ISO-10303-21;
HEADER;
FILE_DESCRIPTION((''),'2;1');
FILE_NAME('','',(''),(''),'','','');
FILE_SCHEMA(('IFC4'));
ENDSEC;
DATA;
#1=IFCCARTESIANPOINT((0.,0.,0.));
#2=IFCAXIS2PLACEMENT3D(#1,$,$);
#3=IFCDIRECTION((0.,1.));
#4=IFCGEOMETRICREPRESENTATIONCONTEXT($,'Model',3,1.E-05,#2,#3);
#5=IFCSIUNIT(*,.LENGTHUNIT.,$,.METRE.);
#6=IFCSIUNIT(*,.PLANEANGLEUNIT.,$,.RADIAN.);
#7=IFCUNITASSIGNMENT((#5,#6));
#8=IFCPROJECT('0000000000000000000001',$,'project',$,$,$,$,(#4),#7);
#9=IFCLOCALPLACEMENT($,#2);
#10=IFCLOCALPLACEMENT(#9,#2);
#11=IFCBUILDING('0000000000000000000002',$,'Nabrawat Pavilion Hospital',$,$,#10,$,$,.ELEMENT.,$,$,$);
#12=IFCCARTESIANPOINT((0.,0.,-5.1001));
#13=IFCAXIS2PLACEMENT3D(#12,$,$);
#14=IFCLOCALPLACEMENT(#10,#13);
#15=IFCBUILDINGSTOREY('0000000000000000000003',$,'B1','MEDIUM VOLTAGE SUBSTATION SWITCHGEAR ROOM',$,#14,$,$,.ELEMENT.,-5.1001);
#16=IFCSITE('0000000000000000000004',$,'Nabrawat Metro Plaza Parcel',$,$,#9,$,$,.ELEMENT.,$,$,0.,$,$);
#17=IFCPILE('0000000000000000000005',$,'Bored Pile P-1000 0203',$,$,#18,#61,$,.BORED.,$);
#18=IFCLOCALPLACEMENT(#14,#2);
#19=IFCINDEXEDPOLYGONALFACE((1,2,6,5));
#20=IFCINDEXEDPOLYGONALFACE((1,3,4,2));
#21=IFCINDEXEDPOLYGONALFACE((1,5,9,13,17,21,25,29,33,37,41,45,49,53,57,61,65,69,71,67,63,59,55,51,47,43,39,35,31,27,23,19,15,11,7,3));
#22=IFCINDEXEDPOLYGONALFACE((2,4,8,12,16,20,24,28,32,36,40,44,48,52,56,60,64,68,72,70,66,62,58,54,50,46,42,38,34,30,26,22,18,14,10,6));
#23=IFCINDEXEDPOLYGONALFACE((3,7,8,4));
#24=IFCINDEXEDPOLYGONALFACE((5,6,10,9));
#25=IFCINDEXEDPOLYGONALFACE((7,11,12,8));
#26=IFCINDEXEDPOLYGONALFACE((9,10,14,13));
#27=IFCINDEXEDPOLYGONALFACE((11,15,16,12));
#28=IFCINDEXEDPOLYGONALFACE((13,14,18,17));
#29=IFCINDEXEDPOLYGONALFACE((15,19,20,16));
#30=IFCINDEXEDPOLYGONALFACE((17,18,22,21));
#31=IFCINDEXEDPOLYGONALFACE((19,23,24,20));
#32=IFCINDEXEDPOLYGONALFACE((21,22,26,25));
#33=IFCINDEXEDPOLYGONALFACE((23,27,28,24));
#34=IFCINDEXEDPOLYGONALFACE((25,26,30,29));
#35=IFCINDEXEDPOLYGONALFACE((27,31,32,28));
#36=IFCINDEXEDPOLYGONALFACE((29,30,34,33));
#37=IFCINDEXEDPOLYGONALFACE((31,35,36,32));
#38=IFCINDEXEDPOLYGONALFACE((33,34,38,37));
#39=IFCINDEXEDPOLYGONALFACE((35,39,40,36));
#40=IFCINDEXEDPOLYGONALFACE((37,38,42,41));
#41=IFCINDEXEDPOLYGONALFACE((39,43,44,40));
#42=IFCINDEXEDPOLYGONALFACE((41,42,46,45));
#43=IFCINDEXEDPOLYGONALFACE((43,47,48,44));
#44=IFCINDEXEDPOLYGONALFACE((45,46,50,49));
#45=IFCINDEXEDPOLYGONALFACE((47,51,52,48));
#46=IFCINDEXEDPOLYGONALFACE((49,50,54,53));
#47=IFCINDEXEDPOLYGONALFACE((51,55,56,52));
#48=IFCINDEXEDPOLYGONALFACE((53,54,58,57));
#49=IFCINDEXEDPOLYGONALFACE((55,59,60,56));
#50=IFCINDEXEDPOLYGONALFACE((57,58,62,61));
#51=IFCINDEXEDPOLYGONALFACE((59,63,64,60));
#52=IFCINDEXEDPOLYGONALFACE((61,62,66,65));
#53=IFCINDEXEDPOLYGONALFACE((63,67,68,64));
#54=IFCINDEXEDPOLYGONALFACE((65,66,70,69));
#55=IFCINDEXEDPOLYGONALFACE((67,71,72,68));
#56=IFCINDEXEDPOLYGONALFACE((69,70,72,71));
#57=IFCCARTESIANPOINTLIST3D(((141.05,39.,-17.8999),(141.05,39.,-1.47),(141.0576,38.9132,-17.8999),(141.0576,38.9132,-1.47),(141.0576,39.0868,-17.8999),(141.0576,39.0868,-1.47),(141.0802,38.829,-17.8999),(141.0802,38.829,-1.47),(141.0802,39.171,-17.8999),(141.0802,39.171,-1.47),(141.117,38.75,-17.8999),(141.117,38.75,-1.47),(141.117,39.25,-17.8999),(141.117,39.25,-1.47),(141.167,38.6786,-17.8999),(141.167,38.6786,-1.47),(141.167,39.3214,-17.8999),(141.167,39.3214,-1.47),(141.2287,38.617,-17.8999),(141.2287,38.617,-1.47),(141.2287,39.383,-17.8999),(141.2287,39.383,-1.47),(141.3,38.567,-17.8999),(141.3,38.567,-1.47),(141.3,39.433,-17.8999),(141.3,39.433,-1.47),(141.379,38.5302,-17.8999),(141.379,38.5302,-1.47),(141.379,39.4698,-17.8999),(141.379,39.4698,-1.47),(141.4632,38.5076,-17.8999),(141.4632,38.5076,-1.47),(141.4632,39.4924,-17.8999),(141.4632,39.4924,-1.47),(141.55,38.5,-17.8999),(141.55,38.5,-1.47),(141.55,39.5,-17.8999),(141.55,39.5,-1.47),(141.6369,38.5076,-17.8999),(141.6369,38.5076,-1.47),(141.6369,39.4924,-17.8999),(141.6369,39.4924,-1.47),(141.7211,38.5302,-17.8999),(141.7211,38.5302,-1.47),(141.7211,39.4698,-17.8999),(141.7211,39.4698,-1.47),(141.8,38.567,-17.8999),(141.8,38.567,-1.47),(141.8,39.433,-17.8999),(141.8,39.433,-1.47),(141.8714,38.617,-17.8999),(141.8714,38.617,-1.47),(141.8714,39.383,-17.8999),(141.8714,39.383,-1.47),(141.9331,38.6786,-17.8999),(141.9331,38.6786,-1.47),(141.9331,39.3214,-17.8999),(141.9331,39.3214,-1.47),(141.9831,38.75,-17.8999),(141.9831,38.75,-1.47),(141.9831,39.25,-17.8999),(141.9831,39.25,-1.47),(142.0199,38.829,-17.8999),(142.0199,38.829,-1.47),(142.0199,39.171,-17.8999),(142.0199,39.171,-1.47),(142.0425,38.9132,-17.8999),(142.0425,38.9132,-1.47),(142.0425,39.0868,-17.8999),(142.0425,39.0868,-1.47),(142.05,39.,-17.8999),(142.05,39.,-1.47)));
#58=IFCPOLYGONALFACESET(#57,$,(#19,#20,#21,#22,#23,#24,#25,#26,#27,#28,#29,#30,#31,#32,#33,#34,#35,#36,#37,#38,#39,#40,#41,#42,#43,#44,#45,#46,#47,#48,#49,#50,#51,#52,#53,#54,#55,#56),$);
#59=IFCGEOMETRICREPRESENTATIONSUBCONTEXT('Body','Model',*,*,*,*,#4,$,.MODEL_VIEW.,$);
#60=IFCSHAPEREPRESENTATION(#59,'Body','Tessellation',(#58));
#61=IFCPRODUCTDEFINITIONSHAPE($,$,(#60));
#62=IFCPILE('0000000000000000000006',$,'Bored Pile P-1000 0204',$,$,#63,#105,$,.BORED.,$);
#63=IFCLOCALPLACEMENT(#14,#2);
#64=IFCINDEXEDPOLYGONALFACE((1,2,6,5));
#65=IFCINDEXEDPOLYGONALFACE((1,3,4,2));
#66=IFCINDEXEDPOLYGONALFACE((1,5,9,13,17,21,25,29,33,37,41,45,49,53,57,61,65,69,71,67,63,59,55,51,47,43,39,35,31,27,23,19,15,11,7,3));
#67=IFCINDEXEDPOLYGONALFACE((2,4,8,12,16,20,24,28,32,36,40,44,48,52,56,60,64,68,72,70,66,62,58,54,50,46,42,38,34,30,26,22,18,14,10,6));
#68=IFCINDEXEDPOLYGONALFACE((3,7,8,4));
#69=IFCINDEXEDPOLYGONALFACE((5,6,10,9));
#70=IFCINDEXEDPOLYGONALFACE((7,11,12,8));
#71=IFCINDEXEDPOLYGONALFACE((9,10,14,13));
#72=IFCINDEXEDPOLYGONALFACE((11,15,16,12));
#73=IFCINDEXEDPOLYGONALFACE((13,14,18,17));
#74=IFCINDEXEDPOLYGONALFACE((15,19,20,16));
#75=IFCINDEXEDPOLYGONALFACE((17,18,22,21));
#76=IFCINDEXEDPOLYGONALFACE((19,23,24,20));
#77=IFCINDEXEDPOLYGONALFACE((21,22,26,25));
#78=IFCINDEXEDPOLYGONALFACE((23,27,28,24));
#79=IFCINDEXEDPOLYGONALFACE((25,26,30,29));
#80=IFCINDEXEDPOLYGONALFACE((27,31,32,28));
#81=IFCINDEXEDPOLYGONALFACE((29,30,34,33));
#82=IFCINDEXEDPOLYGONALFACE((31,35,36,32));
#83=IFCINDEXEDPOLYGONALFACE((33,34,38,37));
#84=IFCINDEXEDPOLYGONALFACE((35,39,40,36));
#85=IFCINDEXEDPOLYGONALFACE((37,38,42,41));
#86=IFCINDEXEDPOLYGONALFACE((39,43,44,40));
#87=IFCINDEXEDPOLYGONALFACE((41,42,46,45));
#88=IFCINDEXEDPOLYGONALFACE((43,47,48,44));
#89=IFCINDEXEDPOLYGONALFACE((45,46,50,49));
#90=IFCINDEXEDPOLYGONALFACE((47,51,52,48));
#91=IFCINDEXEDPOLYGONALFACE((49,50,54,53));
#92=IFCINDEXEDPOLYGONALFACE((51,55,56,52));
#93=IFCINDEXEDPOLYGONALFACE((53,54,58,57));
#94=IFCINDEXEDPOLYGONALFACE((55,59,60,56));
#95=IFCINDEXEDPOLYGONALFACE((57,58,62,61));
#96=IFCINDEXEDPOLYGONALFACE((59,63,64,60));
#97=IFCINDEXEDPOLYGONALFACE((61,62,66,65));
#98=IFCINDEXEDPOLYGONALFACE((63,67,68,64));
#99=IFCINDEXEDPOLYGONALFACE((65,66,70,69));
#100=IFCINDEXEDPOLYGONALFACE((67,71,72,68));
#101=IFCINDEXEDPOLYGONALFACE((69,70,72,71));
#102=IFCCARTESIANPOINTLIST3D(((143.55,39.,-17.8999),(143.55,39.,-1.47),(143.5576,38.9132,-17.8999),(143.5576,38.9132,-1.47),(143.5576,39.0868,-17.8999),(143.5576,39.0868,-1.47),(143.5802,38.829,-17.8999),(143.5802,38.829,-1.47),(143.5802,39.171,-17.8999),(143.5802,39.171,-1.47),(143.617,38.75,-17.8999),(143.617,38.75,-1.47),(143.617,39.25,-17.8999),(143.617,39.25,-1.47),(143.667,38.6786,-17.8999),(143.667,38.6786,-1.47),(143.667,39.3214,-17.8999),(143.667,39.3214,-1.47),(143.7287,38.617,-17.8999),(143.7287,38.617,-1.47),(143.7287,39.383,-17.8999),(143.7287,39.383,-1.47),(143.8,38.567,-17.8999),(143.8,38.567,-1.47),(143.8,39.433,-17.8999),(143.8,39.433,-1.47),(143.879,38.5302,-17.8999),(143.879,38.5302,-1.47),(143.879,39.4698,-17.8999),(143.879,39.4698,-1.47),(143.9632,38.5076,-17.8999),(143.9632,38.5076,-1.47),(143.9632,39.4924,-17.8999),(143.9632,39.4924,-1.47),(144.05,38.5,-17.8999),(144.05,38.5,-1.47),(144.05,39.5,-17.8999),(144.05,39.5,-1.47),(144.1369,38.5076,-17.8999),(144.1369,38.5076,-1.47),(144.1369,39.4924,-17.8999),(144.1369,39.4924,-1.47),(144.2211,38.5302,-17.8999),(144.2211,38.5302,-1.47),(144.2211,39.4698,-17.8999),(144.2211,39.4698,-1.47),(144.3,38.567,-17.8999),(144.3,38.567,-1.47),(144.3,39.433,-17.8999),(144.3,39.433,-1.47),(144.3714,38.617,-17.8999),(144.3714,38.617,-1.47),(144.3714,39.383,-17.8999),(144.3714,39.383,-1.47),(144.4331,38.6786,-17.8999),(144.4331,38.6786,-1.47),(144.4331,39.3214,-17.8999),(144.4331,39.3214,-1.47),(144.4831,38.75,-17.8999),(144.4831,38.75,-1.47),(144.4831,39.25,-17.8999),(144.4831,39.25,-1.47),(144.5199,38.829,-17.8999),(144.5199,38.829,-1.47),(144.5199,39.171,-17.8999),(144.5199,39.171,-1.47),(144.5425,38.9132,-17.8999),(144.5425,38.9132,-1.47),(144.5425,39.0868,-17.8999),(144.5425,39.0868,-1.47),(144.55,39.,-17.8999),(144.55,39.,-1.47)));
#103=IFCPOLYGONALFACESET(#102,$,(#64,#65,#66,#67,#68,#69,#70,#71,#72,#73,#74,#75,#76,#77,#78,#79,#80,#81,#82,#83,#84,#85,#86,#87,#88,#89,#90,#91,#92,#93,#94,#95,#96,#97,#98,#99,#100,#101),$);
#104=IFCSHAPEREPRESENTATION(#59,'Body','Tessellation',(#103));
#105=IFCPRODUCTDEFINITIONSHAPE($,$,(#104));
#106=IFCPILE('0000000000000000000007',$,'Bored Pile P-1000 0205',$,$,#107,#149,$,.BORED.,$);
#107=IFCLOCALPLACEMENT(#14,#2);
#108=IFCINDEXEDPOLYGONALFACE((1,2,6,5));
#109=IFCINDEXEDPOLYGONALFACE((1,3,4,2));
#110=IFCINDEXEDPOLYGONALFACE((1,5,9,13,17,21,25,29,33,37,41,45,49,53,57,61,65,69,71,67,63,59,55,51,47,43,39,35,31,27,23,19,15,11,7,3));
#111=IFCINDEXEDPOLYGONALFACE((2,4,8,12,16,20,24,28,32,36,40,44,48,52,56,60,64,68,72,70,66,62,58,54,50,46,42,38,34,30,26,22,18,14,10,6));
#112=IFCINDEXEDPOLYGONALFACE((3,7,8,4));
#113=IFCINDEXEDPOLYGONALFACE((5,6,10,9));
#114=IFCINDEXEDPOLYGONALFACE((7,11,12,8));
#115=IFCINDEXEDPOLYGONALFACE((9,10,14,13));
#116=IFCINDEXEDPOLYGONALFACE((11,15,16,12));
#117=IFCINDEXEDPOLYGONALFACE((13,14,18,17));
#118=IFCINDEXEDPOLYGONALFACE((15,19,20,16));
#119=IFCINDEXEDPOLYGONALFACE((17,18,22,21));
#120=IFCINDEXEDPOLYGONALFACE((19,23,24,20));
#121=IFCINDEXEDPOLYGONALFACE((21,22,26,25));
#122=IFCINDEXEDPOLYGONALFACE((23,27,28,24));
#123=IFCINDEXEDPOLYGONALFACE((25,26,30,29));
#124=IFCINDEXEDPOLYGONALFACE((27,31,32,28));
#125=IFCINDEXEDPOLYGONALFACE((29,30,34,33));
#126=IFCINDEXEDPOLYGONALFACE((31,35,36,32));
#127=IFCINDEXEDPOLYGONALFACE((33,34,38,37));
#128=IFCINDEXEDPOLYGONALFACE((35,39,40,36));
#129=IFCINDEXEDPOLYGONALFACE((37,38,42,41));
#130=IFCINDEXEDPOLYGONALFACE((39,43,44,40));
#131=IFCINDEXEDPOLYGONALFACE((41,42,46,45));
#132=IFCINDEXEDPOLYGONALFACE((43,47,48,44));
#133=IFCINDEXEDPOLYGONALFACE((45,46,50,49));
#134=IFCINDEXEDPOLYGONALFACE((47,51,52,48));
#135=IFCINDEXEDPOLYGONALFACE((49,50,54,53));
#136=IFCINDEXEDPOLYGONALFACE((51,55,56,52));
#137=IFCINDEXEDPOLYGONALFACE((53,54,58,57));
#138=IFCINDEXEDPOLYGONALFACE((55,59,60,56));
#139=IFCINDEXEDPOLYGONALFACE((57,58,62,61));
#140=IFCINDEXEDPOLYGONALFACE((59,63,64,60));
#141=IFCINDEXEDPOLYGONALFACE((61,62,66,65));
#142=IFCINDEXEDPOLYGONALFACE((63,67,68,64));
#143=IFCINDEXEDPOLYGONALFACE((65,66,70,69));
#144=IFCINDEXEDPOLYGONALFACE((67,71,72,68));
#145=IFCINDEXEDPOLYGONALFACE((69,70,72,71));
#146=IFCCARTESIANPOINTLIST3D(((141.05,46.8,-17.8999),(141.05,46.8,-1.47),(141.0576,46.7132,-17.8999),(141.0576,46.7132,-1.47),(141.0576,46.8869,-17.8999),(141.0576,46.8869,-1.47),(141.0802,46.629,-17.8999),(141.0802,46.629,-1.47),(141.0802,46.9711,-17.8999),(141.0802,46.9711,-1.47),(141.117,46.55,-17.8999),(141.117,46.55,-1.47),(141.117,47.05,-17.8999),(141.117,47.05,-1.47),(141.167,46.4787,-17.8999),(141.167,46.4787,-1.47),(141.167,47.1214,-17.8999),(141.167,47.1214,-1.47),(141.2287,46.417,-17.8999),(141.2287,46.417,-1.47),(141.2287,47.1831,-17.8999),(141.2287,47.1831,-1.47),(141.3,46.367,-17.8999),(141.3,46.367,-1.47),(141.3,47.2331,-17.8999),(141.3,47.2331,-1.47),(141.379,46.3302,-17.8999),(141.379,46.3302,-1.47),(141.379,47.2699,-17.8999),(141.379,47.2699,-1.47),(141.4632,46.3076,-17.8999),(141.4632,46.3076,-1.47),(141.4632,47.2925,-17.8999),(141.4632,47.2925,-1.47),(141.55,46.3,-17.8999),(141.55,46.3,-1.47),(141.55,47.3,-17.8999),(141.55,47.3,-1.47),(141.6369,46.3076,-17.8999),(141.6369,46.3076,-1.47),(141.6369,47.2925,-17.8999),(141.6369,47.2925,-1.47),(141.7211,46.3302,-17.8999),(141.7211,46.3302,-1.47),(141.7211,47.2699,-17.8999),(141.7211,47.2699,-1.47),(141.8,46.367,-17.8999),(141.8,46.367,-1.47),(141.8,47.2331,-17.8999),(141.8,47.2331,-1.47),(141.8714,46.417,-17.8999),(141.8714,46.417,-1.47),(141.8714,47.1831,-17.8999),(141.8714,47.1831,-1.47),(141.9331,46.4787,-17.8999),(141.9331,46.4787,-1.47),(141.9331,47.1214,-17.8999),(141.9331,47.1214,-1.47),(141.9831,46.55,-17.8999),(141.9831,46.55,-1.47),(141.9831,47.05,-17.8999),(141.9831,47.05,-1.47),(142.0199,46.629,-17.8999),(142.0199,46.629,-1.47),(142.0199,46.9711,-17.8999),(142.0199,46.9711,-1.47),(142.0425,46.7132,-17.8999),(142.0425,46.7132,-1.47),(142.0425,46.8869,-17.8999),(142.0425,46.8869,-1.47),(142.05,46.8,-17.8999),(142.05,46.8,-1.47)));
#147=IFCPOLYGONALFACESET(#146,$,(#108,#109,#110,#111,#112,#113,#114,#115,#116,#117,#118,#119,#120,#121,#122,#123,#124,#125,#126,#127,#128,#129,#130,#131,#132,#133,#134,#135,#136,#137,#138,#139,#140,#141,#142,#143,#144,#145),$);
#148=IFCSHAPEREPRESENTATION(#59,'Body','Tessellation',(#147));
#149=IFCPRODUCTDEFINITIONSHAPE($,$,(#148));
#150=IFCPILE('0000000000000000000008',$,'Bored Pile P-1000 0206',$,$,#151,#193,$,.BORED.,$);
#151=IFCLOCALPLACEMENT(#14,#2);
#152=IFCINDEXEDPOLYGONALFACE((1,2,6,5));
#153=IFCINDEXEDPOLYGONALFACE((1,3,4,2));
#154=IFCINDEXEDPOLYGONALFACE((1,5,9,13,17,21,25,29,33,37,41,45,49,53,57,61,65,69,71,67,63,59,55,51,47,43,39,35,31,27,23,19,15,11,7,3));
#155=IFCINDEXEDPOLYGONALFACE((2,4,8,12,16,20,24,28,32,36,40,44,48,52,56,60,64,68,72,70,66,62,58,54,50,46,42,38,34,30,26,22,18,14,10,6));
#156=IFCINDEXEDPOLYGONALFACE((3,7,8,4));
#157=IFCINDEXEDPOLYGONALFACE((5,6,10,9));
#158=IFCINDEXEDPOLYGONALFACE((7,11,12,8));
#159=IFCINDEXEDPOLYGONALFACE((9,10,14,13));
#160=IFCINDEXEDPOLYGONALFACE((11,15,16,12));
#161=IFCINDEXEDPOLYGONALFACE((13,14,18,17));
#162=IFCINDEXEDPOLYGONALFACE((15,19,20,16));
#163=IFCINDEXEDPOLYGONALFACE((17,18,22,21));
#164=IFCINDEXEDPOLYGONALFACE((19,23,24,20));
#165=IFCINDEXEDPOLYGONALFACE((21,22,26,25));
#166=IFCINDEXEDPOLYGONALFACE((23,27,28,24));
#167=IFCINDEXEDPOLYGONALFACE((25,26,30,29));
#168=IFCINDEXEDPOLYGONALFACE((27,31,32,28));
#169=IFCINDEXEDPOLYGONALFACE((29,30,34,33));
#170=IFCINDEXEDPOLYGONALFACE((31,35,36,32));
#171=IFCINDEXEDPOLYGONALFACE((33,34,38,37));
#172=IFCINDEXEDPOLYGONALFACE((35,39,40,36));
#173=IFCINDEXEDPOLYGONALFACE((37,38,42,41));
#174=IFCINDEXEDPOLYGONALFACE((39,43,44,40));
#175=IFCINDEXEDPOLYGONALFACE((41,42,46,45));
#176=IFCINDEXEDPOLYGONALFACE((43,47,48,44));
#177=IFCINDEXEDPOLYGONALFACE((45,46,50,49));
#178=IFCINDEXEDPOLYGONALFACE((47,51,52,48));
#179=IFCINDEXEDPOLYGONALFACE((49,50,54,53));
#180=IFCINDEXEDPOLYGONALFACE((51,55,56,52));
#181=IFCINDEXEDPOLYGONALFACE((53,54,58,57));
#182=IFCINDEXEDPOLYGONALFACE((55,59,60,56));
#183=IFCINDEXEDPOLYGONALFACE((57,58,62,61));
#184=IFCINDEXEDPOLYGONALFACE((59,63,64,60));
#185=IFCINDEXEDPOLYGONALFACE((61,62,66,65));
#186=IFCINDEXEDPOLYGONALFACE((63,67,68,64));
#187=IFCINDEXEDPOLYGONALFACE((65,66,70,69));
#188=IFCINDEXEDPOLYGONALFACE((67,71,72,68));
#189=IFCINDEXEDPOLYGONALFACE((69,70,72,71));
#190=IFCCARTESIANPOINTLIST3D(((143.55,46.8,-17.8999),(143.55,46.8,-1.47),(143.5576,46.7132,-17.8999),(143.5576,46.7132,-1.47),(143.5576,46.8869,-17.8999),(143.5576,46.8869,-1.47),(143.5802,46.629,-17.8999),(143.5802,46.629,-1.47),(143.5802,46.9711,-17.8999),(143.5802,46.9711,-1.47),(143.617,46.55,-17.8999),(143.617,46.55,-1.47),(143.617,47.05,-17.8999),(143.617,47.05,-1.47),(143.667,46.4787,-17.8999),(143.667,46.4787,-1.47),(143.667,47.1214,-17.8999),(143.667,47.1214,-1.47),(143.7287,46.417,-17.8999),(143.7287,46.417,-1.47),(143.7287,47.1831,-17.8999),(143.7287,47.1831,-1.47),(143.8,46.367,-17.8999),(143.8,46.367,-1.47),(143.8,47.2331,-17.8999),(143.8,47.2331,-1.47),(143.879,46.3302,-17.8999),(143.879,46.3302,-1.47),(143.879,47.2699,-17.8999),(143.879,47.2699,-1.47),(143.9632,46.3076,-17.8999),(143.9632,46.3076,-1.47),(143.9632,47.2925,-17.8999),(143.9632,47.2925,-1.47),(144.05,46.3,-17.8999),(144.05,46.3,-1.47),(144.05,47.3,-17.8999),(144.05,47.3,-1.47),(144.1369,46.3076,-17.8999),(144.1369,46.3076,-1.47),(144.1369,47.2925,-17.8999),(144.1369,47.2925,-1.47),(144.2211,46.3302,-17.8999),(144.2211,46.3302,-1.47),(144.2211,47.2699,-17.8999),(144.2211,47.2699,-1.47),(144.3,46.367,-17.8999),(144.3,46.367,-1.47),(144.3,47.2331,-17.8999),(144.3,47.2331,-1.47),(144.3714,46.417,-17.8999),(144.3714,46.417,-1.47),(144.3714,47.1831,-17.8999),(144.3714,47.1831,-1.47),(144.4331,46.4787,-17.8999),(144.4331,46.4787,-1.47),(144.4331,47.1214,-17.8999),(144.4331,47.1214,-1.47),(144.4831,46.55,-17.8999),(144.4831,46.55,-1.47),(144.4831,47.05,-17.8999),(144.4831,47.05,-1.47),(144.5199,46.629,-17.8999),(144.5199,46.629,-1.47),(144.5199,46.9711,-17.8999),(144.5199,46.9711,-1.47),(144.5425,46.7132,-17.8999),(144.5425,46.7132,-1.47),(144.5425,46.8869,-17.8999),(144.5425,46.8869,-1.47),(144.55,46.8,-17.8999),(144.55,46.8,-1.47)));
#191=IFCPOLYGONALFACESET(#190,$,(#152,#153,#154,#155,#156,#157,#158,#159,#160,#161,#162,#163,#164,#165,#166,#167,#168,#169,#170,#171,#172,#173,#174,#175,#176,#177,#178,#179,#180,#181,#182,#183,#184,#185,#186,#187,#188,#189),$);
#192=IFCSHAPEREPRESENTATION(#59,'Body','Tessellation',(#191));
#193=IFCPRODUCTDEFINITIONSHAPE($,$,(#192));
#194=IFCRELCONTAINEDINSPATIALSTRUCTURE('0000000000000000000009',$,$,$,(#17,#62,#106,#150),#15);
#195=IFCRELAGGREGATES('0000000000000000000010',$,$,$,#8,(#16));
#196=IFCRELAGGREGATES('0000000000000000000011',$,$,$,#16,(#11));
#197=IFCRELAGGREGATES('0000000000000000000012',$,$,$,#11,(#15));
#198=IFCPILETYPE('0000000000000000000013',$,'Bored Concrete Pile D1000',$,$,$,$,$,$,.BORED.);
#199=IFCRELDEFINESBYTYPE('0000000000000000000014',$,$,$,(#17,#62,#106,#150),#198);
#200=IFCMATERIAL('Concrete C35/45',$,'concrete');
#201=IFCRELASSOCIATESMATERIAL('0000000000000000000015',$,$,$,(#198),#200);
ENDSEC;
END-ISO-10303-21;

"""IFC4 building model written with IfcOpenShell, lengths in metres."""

from ifc_helpers import new_model, si_unit, direction, frame, origin, origin_2d, place, context, subcontext, project, spatial, circle, extrude, material, material_profile, profile_set, type_object, element, save


model = new_model("IFC4")

# Units and contexts
model_context = context("Model", 3, precision=1e-05, world=origin(), true_north=direction((0.0, 1.0)))
body_context = subcontext(model_context, "Body", "Model", "MODEL_VIEW")
ifc_project = project(units=[si_unit("LENGTHUNIT", "METRE"), si_unit("PLANEANGLEUNIT", "RADIAN")], contexts=[model_context])

# Site, building, storey
site_placement = place(None, origin())
site = spatial("IfcSite", under=ifc_project, at=site_placement, Name="Nabrawat Metro Plaza Parcel", CompositionType="ELEMENT", RefElevation=0.0)
building_placement = place(site_placement, origin())
building = spatial("IfcBuilding", under=site, at=building_placement, Name="Nabrawat Pavilion Hospital", CompositionType="ELEMENT")
storey_placement = place(building_placement, frame((0.0, 0.0, -5.1001)))
storey = spatial("IfcBuildingStorey", under=building, at=storey_placement, Name="B1", Description="MEDIUM VOLTAGE SUBSTATION SWITCHGEAR ROOM", CompositionType="ELEMENT", Elevation=-5.1001)

# Piles
ifc_material_1 = material(Name="Concrete C35/45", Category="concrete")
ifc_material_profile_1 = material_profile(ifc_material_1, circle(Radius=0.5, at=origin_2d()), Name="DIA 1000")
ifc_profile_set_1 = profile_set([ifc_material_profile_1], Name="Concrete C35/45")
pile_type_1 = type_object("IfcPileType", Name="Bored Concrete Pile D1000", PredefinedType="BORED", material=ifc_profile_set_1)
for number, where, z_axis, x_axis, name in (
    (1, (141.55, 39.0, -1.47), (0.0, 0.0, -1.0), (1.0, 0.0, 0.0), "Bored Pile P-1000 0203"),
    (2, (144.05, 39.0, -1.47), (0.0, 0.0, -1.0), (1.0, 0.0, 0.0), "Bored Pile P-1000 0204"),
    (3, (141.55, 46.8, -1.47), (0.0, 0.0, -1.0), (1.0, 0.0, 0.0), "Bored Pile P-1000 0205"),
    (4, (144.05, 46.8, -1.47), (0.0, 0.0, -1.0), (1.0, 0.0, 0.0), "Bored Pile P-1000 0206"),
):
    element("IfcPile", number, at=place(storey_placement, frame(where, z_axis=z_axis, x_axis=x_axis)), inside=storey, type_object=pile_type_1, Name=name, PredefinedType="BORED", context=body_context, shape_type="SweptSolid", body=[
        extrude(circle(Radius=0.5, at=origin_2d()), origin(), (0.0, 0.0, 1.0), 16.4299),
    ])

save(model, "model.ifc")
